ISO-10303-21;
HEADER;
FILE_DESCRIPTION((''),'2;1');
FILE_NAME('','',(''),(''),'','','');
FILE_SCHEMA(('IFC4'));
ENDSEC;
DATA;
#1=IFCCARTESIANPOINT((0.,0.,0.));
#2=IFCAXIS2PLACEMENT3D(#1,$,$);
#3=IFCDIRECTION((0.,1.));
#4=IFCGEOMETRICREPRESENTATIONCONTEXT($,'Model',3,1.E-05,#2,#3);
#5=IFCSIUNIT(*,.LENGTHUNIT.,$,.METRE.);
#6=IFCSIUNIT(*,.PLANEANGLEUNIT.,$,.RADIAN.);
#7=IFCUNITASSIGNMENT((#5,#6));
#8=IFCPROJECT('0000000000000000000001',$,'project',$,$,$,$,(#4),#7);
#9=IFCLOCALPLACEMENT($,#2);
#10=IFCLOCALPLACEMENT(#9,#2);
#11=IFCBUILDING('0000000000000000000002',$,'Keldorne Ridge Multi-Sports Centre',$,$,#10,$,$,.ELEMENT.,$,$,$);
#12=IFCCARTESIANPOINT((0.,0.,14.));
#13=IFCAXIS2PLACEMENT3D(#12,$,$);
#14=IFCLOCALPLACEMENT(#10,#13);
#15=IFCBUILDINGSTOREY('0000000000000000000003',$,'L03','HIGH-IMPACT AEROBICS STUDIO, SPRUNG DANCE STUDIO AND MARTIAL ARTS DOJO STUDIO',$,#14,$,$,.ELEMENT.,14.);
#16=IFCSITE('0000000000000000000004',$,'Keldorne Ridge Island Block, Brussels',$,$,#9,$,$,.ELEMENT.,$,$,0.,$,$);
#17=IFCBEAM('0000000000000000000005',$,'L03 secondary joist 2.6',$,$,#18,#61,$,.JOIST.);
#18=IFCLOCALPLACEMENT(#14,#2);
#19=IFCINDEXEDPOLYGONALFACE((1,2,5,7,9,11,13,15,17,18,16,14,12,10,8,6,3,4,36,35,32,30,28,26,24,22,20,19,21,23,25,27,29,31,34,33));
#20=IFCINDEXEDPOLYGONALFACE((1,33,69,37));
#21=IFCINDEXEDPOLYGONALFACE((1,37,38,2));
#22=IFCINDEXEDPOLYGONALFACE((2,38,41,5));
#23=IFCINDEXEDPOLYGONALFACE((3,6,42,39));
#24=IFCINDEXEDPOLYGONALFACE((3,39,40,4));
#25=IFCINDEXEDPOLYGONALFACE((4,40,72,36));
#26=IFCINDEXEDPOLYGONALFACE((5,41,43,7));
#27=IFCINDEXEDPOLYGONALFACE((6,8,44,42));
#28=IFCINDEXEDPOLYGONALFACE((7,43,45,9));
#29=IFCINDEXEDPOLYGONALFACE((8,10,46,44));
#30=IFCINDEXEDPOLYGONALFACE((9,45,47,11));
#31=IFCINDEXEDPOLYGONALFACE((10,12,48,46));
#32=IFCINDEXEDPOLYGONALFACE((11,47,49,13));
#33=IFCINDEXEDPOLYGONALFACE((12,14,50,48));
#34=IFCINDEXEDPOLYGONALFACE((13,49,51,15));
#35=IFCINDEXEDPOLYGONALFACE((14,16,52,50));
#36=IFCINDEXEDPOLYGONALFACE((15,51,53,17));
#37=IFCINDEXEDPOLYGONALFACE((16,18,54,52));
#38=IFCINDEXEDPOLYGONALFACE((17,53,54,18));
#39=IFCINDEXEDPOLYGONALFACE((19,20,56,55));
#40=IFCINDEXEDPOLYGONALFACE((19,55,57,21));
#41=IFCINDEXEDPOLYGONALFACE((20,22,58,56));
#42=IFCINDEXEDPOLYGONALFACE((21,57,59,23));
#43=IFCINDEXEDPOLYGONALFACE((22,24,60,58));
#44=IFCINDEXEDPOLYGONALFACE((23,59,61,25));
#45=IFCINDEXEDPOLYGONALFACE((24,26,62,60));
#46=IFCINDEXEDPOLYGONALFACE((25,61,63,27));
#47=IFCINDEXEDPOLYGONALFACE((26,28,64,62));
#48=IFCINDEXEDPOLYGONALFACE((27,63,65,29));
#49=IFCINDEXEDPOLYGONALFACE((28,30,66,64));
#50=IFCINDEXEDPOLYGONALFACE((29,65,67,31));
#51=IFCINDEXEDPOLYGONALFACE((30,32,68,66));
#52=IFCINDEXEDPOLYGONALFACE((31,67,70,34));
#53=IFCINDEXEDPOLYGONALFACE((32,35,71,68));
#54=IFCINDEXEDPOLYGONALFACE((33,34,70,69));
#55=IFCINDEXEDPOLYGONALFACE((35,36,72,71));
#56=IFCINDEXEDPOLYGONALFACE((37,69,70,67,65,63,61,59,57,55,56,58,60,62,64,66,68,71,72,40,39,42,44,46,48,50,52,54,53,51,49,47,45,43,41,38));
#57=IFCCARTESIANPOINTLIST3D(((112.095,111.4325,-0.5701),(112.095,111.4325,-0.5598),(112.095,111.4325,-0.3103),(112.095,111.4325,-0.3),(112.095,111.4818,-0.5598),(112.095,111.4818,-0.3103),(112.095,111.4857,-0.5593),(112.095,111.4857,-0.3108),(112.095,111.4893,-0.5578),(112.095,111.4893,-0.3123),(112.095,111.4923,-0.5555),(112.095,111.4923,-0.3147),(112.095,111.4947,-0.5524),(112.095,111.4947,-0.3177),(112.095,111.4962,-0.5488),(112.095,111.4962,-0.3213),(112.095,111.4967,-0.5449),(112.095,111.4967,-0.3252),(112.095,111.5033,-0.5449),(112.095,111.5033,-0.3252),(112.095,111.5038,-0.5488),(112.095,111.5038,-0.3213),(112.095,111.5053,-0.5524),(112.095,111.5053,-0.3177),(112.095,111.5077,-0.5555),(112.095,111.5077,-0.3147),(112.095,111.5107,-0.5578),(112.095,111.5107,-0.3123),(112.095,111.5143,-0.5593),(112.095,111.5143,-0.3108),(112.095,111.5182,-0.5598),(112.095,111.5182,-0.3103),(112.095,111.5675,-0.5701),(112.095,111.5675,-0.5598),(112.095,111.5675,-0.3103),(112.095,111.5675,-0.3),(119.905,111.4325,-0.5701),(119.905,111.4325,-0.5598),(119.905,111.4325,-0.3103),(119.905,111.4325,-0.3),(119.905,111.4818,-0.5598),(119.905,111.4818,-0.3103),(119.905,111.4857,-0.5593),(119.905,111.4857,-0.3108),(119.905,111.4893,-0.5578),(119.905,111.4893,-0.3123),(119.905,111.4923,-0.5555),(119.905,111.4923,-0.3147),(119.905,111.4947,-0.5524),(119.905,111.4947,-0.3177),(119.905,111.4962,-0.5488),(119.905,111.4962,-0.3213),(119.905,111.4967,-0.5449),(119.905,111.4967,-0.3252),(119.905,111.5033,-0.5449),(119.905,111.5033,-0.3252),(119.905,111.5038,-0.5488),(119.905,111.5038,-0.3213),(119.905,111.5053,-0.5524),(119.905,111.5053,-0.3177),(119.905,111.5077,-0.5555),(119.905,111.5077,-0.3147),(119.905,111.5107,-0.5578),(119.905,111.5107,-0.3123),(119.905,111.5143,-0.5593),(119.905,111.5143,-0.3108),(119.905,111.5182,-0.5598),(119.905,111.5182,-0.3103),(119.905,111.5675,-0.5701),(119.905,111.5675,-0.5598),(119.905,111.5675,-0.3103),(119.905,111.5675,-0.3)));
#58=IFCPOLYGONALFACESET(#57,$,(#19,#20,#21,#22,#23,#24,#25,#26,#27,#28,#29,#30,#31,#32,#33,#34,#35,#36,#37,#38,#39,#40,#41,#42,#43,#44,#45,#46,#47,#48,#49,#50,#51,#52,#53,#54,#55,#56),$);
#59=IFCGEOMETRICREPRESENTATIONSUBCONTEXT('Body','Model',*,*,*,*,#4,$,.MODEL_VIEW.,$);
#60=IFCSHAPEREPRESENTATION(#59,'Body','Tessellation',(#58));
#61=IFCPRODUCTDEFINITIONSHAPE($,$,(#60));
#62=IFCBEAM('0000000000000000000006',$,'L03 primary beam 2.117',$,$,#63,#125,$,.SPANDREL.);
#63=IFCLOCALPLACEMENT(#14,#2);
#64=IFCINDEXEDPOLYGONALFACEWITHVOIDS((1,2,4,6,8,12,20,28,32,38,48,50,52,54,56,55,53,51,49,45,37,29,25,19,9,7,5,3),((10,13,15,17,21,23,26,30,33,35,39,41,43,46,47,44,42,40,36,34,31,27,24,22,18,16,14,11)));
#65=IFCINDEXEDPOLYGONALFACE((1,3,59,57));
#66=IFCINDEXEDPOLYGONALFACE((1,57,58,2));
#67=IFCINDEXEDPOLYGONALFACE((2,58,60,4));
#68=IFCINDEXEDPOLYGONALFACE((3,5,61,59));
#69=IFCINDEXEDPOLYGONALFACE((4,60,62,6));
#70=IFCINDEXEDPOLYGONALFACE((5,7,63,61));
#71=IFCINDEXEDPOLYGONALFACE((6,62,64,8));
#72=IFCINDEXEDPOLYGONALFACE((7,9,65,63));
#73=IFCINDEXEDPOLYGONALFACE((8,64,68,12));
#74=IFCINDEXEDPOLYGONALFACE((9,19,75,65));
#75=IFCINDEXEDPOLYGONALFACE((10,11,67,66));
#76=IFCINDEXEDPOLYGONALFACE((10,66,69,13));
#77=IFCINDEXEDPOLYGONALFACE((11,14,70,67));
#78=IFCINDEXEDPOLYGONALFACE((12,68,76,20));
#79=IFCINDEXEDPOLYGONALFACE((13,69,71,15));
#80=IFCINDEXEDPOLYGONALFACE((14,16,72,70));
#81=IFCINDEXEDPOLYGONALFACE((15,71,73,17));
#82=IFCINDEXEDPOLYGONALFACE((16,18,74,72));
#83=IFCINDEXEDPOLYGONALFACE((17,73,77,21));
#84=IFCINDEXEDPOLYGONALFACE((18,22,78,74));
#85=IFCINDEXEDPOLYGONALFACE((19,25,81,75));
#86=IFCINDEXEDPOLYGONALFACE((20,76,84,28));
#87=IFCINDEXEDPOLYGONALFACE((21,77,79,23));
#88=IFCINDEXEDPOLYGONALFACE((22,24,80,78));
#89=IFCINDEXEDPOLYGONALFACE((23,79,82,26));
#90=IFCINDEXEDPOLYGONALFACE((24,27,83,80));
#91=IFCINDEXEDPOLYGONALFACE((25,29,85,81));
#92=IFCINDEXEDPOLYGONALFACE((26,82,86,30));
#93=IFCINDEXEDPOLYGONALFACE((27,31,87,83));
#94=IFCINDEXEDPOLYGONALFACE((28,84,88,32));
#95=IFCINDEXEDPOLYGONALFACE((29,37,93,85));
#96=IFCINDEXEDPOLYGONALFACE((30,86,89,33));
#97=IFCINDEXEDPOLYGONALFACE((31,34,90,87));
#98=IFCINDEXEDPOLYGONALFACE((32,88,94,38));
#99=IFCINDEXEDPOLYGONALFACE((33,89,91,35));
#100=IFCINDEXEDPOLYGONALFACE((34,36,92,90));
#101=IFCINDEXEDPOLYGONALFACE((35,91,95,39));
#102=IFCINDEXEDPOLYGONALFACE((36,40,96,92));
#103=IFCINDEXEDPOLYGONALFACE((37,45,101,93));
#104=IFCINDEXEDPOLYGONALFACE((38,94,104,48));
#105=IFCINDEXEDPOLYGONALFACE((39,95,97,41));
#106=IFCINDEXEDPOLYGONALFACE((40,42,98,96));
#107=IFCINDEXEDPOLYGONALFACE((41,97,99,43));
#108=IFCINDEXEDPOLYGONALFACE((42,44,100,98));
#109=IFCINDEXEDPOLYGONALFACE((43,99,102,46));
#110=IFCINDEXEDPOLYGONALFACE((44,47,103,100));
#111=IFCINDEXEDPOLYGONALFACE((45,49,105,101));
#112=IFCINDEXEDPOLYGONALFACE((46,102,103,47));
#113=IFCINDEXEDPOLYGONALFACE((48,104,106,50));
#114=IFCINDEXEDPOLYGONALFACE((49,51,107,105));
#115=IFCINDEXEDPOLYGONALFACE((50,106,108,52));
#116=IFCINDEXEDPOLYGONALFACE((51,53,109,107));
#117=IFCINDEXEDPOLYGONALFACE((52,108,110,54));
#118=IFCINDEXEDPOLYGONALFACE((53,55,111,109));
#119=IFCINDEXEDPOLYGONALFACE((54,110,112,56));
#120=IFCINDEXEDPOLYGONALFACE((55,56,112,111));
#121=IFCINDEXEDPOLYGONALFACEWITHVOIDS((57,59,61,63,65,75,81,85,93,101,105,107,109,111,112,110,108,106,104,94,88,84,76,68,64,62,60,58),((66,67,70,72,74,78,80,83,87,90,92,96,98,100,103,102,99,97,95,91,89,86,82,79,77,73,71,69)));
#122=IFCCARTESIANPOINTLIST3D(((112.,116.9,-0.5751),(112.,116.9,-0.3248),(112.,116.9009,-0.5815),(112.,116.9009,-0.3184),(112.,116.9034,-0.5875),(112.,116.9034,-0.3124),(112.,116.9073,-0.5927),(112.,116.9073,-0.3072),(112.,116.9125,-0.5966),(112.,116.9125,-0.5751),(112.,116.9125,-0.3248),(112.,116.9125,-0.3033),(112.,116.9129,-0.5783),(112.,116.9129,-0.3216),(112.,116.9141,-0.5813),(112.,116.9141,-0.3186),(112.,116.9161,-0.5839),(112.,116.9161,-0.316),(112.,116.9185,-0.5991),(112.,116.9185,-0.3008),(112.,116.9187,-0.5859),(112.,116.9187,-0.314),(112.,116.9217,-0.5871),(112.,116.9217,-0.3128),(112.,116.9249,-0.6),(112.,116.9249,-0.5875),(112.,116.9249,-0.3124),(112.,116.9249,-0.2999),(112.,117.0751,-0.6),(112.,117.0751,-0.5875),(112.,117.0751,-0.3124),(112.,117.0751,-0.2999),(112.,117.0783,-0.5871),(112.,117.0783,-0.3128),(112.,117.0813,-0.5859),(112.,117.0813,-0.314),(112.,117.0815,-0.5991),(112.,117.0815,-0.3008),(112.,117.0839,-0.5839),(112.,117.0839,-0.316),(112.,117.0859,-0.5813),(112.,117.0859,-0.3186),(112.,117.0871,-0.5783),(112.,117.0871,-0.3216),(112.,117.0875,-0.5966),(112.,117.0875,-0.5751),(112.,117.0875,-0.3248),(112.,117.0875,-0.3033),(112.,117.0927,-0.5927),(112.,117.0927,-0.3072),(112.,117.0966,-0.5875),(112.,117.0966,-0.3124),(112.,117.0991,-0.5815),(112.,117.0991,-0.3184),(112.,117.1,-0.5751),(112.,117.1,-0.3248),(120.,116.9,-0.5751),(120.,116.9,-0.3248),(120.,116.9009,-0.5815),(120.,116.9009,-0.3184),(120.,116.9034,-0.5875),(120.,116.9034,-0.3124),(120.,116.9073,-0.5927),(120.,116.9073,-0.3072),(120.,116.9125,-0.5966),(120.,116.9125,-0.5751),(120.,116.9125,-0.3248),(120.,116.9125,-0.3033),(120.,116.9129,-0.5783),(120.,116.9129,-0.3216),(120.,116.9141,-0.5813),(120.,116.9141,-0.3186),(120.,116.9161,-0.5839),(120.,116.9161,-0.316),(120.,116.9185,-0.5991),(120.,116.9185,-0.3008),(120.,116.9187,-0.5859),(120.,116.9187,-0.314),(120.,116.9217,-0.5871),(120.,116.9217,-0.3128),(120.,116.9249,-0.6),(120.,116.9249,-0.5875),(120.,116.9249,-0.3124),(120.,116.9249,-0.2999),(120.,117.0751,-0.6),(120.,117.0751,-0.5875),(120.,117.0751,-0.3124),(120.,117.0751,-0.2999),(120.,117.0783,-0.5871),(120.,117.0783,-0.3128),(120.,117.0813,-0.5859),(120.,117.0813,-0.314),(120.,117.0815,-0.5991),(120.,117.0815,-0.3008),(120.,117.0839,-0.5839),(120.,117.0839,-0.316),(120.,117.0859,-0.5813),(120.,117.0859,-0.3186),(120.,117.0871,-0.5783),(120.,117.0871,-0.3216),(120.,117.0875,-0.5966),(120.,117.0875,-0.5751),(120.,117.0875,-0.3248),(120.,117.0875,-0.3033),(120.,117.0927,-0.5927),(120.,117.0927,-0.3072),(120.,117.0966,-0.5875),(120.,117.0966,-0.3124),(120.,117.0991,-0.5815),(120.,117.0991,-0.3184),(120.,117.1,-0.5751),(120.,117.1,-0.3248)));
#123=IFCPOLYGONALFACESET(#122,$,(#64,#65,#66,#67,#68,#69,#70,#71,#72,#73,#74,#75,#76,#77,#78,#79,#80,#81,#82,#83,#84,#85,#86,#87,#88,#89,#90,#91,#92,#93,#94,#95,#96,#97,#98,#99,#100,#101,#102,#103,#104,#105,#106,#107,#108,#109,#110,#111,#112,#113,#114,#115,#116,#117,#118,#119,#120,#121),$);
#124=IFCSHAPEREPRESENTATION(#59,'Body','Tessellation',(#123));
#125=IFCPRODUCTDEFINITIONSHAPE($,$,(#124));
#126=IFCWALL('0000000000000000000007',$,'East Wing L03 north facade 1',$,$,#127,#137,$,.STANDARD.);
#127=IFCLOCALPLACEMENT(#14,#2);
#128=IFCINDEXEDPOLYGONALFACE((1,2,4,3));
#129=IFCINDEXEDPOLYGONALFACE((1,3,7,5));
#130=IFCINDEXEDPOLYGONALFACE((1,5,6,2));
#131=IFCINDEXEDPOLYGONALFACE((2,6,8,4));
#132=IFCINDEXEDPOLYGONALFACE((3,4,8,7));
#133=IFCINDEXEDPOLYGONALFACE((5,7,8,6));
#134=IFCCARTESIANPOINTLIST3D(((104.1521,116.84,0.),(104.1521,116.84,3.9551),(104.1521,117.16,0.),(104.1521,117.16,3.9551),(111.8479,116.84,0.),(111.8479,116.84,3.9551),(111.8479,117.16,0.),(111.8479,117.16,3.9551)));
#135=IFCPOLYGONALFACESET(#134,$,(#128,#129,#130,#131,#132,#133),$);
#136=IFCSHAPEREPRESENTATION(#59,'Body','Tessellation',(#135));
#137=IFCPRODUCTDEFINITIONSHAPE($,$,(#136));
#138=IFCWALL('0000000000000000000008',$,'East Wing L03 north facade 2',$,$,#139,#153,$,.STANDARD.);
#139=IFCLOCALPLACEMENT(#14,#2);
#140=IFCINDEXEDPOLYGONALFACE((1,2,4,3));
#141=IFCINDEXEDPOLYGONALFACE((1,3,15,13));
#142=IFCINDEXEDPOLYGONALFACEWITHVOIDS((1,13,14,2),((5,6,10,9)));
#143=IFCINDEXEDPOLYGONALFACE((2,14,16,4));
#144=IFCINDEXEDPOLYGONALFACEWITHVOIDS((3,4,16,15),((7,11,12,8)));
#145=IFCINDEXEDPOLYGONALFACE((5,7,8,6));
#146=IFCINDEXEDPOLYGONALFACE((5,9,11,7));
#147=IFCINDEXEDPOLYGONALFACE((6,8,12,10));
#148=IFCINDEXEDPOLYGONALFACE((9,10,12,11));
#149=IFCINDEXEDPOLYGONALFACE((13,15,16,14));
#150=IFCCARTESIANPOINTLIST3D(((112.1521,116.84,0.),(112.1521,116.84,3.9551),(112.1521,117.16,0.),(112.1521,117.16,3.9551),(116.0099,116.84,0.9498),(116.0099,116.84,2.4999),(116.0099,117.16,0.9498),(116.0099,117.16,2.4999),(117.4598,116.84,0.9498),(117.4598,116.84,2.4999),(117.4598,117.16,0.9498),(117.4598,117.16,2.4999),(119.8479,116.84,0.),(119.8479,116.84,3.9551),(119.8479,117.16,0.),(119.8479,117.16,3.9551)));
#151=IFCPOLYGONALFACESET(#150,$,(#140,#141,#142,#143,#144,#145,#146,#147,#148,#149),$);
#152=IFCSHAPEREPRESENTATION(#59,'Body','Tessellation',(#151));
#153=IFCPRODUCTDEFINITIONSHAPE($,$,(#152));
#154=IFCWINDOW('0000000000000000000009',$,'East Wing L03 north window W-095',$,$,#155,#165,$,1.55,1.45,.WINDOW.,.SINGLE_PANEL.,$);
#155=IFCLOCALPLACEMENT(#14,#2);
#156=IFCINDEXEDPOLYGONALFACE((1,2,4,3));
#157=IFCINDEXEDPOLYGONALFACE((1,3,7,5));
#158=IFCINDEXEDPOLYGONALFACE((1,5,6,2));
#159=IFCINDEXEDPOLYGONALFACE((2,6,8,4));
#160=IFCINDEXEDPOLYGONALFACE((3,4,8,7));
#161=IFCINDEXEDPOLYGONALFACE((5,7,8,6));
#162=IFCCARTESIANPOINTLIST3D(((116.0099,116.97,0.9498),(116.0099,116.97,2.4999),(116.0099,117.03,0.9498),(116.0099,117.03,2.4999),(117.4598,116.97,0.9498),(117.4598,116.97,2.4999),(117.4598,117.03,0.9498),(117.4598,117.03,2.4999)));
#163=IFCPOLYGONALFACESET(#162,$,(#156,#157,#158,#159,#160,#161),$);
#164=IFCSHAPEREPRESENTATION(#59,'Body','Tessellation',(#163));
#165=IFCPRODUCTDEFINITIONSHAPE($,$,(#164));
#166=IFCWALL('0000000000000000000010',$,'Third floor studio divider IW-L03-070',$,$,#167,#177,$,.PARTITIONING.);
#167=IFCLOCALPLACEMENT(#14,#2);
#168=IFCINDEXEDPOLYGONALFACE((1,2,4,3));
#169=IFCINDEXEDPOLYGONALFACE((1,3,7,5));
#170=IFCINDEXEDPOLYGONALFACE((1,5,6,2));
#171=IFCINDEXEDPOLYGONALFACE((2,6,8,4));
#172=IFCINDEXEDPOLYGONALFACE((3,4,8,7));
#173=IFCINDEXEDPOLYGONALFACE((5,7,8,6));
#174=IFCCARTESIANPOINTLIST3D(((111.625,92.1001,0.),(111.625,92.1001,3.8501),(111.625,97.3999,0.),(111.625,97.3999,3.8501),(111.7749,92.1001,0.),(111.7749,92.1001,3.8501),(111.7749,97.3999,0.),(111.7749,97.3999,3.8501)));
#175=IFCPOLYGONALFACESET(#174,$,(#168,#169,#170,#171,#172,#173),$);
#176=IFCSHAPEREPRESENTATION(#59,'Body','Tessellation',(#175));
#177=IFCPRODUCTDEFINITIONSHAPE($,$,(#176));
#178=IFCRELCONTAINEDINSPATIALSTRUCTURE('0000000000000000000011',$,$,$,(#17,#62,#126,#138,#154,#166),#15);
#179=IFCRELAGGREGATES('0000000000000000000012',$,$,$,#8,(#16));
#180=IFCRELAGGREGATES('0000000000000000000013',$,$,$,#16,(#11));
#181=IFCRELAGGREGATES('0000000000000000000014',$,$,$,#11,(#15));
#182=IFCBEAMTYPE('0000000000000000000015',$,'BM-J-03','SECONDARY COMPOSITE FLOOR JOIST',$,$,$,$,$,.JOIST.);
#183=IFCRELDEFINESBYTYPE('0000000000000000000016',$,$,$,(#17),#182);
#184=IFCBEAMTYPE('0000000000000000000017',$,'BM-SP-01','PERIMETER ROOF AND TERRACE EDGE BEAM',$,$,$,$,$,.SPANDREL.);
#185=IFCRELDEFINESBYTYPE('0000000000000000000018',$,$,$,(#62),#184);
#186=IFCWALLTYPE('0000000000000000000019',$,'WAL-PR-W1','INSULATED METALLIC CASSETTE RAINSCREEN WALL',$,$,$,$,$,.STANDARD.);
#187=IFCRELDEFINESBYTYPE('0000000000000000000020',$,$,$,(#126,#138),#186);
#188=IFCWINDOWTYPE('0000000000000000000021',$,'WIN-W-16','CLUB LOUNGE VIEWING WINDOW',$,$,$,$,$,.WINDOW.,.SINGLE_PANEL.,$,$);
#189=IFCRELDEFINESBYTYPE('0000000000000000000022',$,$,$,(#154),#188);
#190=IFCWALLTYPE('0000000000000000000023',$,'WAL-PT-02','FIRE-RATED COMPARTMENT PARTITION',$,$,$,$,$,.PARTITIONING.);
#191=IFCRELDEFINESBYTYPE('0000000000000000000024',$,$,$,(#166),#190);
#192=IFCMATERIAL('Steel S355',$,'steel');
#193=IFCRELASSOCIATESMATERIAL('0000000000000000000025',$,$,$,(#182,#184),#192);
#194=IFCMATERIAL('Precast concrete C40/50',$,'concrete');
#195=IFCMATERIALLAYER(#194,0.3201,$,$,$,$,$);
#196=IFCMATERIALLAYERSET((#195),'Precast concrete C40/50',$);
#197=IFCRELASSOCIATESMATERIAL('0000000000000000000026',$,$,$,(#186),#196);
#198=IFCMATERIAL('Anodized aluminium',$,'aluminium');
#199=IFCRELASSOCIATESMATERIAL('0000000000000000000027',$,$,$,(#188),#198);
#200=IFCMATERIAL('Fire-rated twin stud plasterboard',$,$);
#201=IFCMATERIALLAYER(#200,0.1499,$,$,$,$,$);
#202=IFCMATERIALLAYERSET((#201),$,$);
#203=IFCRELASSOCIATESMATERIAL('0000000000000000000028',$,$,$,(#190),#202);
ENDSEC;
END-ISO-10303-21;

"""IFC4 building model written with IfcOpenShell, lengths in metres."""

from ifc_helpers import new_model, si_unit, direction, frame, frame_2d, origin, origin_2d, place, context, subcontext, project, spatial, rectangle, hollow_rectangle, i_section, extrude, material, layer, layer_set, material_profile, profile_set, type_object, element, fill, save


model = new_model("IFC4")

# Units and contexts
model_context = context("Model", 3, precision=1e-05, world=origin(), true_north=direction((0.0, 1.0)))
body_context = subcontext(model_context, "Body", "Model", "MODEL_VIEW")
ifc_project = project(units=[si_unit("LENGTHUNIT", "METRE"), si_unit("PLANEANGLEUNIT", "RADIAN")], contexts=[model_context])

# Site, building, storey
site_placement = place(None, origin())
site = spatial("IfcSite", under=ifc_project, at=site_placement, Name="Keldorne Ridge Island Block, Brussels", CompositionType="ELEMENT", RefElevation=0.0)
building_placement = place(site_placement, origin())
building = spatial("IfcBuilding", under=site, at=building_placement, Name="Keldorne Ridge Multi-Sports Centre", CompositionType="ELEMENT")
storey_placement = place(building_placement, frame((0.0, 0.0, 14.0)))
storey = spatial("IfcBuildingStorey", under=building, at=storey_placement, Name="L03", Description="HIGH-IMPACT AEROBICS STUDIO, SPRUNG DANCE STUDIO AND MARTIAL ARTS DOJO STUDIO", CompositionType="ELEMENT", Elevation=14.0)

# Shared definitions
ifc_material_1 = material(Name="Steel S355", Category="steel")

# Beams
ifc_material_profile_1 = material_profile(ifc_material_1, i_section(OverallWidth=0.135, OverallDepth=0.27, WebThickness=0.0066, FlangeThickness=0.0103, FilletRadius=0.0149, at=origin_2d()), Name="IPE 270")
ifc_profile_set_1 = profile_set([ifc_material_profile_1], Name="Steel S355")
beam_type_1 = type_object("IfcBeamType", Name="BM-J-03", Description="SECONDARY COMPOSITE FLOOR JOIST", PredefinedType="JOIST", material=ifc_profile_set_1)
for number, where, z_axis, x_axis, name in (
    (1, (112.095, 111.5, -0.4351), (1.0, 0.0, 0.0), (0.0, 1.0, 0.0), "L03 secondary joist 2.6"),
):
    element("IfcBeam", number, at=place(storey_placement, frame(where, z_axis=z_axis, x_axis=x_axis)), inside=storey, type_object=beam_type_1, Name=name, PredefinedType="JOIST", context=body_context, shape_type="SweptSolid", body=[
        extrude(i_section(OverallWidth=0.135, OverallDepth=0.27, WebThickness=0.0066, FlangeThickness=0.0103, FilletRadius=0.0149, at=origin_2d()), origin(), (0.0, 0.0, 1.0), 7.8101),
    ])
ifc_material_profile_2 = material_profile(ifc_material_1, hollow_rectangle(XDim=0.2, YDim=0.3, WallThickness=0.0125, InnerFilletRadius=0.0125, OuterFilletRadius=0.0249, at=origin_2d()), Name="RHS 300x200x12.5")
ifc_profile_set_2 = profile_set([ifc_material_profile_2], Name="Steel S355")
beam_type_2 = type_object("IfcBeamType", Name="BM-SP-01", Description="PERIMETER ROOF AND TERRACE EDGE BEAM", PredefinedType="SPANDREL", material=ifc_profile_set_2)
beam_1_placement = place(storey_placement, frame((112.0, 117.0, -0.45), z_axis=(1.0, 0.0, 0.0), x_axis=(0.0, 1.0, 0.0)))
element("IfcBeam", 2, at=beam_1_placement, inside=storey, type_object=beam_type_2, Name="L03 primary beam 2.117", PredefinedType="SPANDREL", context=body_context, shape_type="SweptSolid", body=[
    extrude(hollow_rectangle(XDim=0.2, YDim=0.3, WallThickness=0.0125, InnerFilletRadius=0.0125, OuterFilletRadius=0.0249, at=origin_2d()), origin(), (0.0, 0.0, 1.0), 8.0),
])

# Wall
ifc_material_2 = material(Name="Precast concrete C40/50", Category="concrete")
ifc_layer_1 = layer(ifc_material_2, 0.3201)
ifc_layer_set_1 = layer_set([ifc_layer_1], Name="Precast concrete C40/50")
wall_type_1 = type_object("IfcWallType", Name="WAL-PR-W1", Description="INSULATED METALLIC CASSETTE RAINSCREEN WALL", PredefinedType="STANDARD", material=ifc_layer_set_1)
wall_1_placement = place(storey_placement, frame((111.8479, 117.0, 0.0), z_axis=(0.0, 0.0, 1.0), x_axis=(-1.0, 0.0, 0.0)))
element("IfcWall", 3, at=wall_1_placement, inside=storey, type_object=wall_type_1, Name="East Wing L03 north facade 1", PredefinedType="STANDARD", context=body_context, shape_type="SweptSolid", body=[
    extrude(rectangle(XDim=7.6958, YDim=0.3201, at=frame_2d((3.8479, 0.0))), origin(), (0.0, 0.0, 1.0), 3.9551),
])

# Wall, opening, window
wall_2_placement = place(storey_placement, frame((119.8479, 117.0, 0.0), z_axis=(0.0, 0.0, 1.0), x_axis=(-1.0, 0.0, 0.0)))
wall_2 = element("IfcWall", 4, at=wall_2_placement, inside=storey, type_object=wall_type_1, Name="East Wing L03 north facade 2", PredefinedType="STANDARD", context=body_context, shape_type="SweptSolid", body=[
    extrude(rectangle(XDim=7.6958, YDim=0.3201, at=frame_2d((3.8479, 0.0))), origin(), (0.0, 0.0, 1.0), 3.9551),
])
opening_1_placement = place(wall_2_placement, frame((2.3879, 0.0, 0.95)))
opening_1 = element("IfcOpeningElement", 5, at=opening_1_placement, cuts=wall_2, PredefinedType="OPENING", context=body_context, shape_type="SweptSolid", body=[
    extrude(rectangle(XDim=1.45, YDim=1.55, at=frame_2d((0.7251, 0.7749))), frame((0.0, 0.1699, 0.0), z_axis=(0.0, -1.0, 0.0), x_axis=(1.0, 0.0, 0.0)), (0.0, 0.0, 1.0), 0.3401),
])
ifc_material_3 = material(Name="Anodized aluminium", Category="aluminium")
window_type = type_object("IfcWindowType", Name="WIN-W-16", Description="CLUB LOUNGE VIEWING WINDOW", PartitioningType="SINGLE_PANEL", PredefinedType="WINDOW", material=ifc_material_3)
window_placement = place(opening_1_placement, origin())
window = element("IfcWindow", 6, at=window_placement, inside=storey, type_object=window_type, Name="East Wing L03 north window W-095", OverallHeight=1.55, OverallWidth=1.45, PartitioningType="SINGLE_PANEL", PredefinedType="WINDOW", context=body_context, shape_type="SweptSolid", body=[
    extrude(rectangle(XDim=1.45, YDim=1.55, at=frame_2d((0.7251, 0.7749))), frame((0.0, 0.03, 0.0), z_axis=(0.0, -1.0, 0.0), x_axis=(1.0, 0.0, 0.0)), (0.0, 0.0, 1.0), 0.0601),
])
fill(opening_1, window)

# Wall
ifc_material_4 = material(Name="Fire-rated twin stud plasterboard")
ifc_layer_2 = layer(ifc_material_4, 0.1499)
ifc_layer_set_2 = layer_set([ifc_layer_2])
wall_type_2 = type_object("IfcWallType", Name="WAL-PT-02", Description="FIRE-RATED COMPARTMENT PARTITION", PredefinedType="PARTITIONING", material=ifc_layer_set_2)
wall_3_placement = place(storey_placement, frame((111.7, 92.1001, 0.0), z_axis=(0.0, 0.0, 1.0), x_axis=(0.0, 1.0, 0.0)))
element("IfcWall", 7, at=wall_3_placement, inside=storey, type_object=wall_type_2, Name="Third floor studio divider IW-L03-070", PredefinedType="PARTITIONING", context=body_context, shape_type="SweptSolid", body=[
    extrude(rectangle(XDim=5.2998, YDim=0.1499, at=frame_2d((2.6499, 0.0))), origin(), (0.0, 0.0, 1.0), 3.8501),
])

save(model, "model.ifc")
